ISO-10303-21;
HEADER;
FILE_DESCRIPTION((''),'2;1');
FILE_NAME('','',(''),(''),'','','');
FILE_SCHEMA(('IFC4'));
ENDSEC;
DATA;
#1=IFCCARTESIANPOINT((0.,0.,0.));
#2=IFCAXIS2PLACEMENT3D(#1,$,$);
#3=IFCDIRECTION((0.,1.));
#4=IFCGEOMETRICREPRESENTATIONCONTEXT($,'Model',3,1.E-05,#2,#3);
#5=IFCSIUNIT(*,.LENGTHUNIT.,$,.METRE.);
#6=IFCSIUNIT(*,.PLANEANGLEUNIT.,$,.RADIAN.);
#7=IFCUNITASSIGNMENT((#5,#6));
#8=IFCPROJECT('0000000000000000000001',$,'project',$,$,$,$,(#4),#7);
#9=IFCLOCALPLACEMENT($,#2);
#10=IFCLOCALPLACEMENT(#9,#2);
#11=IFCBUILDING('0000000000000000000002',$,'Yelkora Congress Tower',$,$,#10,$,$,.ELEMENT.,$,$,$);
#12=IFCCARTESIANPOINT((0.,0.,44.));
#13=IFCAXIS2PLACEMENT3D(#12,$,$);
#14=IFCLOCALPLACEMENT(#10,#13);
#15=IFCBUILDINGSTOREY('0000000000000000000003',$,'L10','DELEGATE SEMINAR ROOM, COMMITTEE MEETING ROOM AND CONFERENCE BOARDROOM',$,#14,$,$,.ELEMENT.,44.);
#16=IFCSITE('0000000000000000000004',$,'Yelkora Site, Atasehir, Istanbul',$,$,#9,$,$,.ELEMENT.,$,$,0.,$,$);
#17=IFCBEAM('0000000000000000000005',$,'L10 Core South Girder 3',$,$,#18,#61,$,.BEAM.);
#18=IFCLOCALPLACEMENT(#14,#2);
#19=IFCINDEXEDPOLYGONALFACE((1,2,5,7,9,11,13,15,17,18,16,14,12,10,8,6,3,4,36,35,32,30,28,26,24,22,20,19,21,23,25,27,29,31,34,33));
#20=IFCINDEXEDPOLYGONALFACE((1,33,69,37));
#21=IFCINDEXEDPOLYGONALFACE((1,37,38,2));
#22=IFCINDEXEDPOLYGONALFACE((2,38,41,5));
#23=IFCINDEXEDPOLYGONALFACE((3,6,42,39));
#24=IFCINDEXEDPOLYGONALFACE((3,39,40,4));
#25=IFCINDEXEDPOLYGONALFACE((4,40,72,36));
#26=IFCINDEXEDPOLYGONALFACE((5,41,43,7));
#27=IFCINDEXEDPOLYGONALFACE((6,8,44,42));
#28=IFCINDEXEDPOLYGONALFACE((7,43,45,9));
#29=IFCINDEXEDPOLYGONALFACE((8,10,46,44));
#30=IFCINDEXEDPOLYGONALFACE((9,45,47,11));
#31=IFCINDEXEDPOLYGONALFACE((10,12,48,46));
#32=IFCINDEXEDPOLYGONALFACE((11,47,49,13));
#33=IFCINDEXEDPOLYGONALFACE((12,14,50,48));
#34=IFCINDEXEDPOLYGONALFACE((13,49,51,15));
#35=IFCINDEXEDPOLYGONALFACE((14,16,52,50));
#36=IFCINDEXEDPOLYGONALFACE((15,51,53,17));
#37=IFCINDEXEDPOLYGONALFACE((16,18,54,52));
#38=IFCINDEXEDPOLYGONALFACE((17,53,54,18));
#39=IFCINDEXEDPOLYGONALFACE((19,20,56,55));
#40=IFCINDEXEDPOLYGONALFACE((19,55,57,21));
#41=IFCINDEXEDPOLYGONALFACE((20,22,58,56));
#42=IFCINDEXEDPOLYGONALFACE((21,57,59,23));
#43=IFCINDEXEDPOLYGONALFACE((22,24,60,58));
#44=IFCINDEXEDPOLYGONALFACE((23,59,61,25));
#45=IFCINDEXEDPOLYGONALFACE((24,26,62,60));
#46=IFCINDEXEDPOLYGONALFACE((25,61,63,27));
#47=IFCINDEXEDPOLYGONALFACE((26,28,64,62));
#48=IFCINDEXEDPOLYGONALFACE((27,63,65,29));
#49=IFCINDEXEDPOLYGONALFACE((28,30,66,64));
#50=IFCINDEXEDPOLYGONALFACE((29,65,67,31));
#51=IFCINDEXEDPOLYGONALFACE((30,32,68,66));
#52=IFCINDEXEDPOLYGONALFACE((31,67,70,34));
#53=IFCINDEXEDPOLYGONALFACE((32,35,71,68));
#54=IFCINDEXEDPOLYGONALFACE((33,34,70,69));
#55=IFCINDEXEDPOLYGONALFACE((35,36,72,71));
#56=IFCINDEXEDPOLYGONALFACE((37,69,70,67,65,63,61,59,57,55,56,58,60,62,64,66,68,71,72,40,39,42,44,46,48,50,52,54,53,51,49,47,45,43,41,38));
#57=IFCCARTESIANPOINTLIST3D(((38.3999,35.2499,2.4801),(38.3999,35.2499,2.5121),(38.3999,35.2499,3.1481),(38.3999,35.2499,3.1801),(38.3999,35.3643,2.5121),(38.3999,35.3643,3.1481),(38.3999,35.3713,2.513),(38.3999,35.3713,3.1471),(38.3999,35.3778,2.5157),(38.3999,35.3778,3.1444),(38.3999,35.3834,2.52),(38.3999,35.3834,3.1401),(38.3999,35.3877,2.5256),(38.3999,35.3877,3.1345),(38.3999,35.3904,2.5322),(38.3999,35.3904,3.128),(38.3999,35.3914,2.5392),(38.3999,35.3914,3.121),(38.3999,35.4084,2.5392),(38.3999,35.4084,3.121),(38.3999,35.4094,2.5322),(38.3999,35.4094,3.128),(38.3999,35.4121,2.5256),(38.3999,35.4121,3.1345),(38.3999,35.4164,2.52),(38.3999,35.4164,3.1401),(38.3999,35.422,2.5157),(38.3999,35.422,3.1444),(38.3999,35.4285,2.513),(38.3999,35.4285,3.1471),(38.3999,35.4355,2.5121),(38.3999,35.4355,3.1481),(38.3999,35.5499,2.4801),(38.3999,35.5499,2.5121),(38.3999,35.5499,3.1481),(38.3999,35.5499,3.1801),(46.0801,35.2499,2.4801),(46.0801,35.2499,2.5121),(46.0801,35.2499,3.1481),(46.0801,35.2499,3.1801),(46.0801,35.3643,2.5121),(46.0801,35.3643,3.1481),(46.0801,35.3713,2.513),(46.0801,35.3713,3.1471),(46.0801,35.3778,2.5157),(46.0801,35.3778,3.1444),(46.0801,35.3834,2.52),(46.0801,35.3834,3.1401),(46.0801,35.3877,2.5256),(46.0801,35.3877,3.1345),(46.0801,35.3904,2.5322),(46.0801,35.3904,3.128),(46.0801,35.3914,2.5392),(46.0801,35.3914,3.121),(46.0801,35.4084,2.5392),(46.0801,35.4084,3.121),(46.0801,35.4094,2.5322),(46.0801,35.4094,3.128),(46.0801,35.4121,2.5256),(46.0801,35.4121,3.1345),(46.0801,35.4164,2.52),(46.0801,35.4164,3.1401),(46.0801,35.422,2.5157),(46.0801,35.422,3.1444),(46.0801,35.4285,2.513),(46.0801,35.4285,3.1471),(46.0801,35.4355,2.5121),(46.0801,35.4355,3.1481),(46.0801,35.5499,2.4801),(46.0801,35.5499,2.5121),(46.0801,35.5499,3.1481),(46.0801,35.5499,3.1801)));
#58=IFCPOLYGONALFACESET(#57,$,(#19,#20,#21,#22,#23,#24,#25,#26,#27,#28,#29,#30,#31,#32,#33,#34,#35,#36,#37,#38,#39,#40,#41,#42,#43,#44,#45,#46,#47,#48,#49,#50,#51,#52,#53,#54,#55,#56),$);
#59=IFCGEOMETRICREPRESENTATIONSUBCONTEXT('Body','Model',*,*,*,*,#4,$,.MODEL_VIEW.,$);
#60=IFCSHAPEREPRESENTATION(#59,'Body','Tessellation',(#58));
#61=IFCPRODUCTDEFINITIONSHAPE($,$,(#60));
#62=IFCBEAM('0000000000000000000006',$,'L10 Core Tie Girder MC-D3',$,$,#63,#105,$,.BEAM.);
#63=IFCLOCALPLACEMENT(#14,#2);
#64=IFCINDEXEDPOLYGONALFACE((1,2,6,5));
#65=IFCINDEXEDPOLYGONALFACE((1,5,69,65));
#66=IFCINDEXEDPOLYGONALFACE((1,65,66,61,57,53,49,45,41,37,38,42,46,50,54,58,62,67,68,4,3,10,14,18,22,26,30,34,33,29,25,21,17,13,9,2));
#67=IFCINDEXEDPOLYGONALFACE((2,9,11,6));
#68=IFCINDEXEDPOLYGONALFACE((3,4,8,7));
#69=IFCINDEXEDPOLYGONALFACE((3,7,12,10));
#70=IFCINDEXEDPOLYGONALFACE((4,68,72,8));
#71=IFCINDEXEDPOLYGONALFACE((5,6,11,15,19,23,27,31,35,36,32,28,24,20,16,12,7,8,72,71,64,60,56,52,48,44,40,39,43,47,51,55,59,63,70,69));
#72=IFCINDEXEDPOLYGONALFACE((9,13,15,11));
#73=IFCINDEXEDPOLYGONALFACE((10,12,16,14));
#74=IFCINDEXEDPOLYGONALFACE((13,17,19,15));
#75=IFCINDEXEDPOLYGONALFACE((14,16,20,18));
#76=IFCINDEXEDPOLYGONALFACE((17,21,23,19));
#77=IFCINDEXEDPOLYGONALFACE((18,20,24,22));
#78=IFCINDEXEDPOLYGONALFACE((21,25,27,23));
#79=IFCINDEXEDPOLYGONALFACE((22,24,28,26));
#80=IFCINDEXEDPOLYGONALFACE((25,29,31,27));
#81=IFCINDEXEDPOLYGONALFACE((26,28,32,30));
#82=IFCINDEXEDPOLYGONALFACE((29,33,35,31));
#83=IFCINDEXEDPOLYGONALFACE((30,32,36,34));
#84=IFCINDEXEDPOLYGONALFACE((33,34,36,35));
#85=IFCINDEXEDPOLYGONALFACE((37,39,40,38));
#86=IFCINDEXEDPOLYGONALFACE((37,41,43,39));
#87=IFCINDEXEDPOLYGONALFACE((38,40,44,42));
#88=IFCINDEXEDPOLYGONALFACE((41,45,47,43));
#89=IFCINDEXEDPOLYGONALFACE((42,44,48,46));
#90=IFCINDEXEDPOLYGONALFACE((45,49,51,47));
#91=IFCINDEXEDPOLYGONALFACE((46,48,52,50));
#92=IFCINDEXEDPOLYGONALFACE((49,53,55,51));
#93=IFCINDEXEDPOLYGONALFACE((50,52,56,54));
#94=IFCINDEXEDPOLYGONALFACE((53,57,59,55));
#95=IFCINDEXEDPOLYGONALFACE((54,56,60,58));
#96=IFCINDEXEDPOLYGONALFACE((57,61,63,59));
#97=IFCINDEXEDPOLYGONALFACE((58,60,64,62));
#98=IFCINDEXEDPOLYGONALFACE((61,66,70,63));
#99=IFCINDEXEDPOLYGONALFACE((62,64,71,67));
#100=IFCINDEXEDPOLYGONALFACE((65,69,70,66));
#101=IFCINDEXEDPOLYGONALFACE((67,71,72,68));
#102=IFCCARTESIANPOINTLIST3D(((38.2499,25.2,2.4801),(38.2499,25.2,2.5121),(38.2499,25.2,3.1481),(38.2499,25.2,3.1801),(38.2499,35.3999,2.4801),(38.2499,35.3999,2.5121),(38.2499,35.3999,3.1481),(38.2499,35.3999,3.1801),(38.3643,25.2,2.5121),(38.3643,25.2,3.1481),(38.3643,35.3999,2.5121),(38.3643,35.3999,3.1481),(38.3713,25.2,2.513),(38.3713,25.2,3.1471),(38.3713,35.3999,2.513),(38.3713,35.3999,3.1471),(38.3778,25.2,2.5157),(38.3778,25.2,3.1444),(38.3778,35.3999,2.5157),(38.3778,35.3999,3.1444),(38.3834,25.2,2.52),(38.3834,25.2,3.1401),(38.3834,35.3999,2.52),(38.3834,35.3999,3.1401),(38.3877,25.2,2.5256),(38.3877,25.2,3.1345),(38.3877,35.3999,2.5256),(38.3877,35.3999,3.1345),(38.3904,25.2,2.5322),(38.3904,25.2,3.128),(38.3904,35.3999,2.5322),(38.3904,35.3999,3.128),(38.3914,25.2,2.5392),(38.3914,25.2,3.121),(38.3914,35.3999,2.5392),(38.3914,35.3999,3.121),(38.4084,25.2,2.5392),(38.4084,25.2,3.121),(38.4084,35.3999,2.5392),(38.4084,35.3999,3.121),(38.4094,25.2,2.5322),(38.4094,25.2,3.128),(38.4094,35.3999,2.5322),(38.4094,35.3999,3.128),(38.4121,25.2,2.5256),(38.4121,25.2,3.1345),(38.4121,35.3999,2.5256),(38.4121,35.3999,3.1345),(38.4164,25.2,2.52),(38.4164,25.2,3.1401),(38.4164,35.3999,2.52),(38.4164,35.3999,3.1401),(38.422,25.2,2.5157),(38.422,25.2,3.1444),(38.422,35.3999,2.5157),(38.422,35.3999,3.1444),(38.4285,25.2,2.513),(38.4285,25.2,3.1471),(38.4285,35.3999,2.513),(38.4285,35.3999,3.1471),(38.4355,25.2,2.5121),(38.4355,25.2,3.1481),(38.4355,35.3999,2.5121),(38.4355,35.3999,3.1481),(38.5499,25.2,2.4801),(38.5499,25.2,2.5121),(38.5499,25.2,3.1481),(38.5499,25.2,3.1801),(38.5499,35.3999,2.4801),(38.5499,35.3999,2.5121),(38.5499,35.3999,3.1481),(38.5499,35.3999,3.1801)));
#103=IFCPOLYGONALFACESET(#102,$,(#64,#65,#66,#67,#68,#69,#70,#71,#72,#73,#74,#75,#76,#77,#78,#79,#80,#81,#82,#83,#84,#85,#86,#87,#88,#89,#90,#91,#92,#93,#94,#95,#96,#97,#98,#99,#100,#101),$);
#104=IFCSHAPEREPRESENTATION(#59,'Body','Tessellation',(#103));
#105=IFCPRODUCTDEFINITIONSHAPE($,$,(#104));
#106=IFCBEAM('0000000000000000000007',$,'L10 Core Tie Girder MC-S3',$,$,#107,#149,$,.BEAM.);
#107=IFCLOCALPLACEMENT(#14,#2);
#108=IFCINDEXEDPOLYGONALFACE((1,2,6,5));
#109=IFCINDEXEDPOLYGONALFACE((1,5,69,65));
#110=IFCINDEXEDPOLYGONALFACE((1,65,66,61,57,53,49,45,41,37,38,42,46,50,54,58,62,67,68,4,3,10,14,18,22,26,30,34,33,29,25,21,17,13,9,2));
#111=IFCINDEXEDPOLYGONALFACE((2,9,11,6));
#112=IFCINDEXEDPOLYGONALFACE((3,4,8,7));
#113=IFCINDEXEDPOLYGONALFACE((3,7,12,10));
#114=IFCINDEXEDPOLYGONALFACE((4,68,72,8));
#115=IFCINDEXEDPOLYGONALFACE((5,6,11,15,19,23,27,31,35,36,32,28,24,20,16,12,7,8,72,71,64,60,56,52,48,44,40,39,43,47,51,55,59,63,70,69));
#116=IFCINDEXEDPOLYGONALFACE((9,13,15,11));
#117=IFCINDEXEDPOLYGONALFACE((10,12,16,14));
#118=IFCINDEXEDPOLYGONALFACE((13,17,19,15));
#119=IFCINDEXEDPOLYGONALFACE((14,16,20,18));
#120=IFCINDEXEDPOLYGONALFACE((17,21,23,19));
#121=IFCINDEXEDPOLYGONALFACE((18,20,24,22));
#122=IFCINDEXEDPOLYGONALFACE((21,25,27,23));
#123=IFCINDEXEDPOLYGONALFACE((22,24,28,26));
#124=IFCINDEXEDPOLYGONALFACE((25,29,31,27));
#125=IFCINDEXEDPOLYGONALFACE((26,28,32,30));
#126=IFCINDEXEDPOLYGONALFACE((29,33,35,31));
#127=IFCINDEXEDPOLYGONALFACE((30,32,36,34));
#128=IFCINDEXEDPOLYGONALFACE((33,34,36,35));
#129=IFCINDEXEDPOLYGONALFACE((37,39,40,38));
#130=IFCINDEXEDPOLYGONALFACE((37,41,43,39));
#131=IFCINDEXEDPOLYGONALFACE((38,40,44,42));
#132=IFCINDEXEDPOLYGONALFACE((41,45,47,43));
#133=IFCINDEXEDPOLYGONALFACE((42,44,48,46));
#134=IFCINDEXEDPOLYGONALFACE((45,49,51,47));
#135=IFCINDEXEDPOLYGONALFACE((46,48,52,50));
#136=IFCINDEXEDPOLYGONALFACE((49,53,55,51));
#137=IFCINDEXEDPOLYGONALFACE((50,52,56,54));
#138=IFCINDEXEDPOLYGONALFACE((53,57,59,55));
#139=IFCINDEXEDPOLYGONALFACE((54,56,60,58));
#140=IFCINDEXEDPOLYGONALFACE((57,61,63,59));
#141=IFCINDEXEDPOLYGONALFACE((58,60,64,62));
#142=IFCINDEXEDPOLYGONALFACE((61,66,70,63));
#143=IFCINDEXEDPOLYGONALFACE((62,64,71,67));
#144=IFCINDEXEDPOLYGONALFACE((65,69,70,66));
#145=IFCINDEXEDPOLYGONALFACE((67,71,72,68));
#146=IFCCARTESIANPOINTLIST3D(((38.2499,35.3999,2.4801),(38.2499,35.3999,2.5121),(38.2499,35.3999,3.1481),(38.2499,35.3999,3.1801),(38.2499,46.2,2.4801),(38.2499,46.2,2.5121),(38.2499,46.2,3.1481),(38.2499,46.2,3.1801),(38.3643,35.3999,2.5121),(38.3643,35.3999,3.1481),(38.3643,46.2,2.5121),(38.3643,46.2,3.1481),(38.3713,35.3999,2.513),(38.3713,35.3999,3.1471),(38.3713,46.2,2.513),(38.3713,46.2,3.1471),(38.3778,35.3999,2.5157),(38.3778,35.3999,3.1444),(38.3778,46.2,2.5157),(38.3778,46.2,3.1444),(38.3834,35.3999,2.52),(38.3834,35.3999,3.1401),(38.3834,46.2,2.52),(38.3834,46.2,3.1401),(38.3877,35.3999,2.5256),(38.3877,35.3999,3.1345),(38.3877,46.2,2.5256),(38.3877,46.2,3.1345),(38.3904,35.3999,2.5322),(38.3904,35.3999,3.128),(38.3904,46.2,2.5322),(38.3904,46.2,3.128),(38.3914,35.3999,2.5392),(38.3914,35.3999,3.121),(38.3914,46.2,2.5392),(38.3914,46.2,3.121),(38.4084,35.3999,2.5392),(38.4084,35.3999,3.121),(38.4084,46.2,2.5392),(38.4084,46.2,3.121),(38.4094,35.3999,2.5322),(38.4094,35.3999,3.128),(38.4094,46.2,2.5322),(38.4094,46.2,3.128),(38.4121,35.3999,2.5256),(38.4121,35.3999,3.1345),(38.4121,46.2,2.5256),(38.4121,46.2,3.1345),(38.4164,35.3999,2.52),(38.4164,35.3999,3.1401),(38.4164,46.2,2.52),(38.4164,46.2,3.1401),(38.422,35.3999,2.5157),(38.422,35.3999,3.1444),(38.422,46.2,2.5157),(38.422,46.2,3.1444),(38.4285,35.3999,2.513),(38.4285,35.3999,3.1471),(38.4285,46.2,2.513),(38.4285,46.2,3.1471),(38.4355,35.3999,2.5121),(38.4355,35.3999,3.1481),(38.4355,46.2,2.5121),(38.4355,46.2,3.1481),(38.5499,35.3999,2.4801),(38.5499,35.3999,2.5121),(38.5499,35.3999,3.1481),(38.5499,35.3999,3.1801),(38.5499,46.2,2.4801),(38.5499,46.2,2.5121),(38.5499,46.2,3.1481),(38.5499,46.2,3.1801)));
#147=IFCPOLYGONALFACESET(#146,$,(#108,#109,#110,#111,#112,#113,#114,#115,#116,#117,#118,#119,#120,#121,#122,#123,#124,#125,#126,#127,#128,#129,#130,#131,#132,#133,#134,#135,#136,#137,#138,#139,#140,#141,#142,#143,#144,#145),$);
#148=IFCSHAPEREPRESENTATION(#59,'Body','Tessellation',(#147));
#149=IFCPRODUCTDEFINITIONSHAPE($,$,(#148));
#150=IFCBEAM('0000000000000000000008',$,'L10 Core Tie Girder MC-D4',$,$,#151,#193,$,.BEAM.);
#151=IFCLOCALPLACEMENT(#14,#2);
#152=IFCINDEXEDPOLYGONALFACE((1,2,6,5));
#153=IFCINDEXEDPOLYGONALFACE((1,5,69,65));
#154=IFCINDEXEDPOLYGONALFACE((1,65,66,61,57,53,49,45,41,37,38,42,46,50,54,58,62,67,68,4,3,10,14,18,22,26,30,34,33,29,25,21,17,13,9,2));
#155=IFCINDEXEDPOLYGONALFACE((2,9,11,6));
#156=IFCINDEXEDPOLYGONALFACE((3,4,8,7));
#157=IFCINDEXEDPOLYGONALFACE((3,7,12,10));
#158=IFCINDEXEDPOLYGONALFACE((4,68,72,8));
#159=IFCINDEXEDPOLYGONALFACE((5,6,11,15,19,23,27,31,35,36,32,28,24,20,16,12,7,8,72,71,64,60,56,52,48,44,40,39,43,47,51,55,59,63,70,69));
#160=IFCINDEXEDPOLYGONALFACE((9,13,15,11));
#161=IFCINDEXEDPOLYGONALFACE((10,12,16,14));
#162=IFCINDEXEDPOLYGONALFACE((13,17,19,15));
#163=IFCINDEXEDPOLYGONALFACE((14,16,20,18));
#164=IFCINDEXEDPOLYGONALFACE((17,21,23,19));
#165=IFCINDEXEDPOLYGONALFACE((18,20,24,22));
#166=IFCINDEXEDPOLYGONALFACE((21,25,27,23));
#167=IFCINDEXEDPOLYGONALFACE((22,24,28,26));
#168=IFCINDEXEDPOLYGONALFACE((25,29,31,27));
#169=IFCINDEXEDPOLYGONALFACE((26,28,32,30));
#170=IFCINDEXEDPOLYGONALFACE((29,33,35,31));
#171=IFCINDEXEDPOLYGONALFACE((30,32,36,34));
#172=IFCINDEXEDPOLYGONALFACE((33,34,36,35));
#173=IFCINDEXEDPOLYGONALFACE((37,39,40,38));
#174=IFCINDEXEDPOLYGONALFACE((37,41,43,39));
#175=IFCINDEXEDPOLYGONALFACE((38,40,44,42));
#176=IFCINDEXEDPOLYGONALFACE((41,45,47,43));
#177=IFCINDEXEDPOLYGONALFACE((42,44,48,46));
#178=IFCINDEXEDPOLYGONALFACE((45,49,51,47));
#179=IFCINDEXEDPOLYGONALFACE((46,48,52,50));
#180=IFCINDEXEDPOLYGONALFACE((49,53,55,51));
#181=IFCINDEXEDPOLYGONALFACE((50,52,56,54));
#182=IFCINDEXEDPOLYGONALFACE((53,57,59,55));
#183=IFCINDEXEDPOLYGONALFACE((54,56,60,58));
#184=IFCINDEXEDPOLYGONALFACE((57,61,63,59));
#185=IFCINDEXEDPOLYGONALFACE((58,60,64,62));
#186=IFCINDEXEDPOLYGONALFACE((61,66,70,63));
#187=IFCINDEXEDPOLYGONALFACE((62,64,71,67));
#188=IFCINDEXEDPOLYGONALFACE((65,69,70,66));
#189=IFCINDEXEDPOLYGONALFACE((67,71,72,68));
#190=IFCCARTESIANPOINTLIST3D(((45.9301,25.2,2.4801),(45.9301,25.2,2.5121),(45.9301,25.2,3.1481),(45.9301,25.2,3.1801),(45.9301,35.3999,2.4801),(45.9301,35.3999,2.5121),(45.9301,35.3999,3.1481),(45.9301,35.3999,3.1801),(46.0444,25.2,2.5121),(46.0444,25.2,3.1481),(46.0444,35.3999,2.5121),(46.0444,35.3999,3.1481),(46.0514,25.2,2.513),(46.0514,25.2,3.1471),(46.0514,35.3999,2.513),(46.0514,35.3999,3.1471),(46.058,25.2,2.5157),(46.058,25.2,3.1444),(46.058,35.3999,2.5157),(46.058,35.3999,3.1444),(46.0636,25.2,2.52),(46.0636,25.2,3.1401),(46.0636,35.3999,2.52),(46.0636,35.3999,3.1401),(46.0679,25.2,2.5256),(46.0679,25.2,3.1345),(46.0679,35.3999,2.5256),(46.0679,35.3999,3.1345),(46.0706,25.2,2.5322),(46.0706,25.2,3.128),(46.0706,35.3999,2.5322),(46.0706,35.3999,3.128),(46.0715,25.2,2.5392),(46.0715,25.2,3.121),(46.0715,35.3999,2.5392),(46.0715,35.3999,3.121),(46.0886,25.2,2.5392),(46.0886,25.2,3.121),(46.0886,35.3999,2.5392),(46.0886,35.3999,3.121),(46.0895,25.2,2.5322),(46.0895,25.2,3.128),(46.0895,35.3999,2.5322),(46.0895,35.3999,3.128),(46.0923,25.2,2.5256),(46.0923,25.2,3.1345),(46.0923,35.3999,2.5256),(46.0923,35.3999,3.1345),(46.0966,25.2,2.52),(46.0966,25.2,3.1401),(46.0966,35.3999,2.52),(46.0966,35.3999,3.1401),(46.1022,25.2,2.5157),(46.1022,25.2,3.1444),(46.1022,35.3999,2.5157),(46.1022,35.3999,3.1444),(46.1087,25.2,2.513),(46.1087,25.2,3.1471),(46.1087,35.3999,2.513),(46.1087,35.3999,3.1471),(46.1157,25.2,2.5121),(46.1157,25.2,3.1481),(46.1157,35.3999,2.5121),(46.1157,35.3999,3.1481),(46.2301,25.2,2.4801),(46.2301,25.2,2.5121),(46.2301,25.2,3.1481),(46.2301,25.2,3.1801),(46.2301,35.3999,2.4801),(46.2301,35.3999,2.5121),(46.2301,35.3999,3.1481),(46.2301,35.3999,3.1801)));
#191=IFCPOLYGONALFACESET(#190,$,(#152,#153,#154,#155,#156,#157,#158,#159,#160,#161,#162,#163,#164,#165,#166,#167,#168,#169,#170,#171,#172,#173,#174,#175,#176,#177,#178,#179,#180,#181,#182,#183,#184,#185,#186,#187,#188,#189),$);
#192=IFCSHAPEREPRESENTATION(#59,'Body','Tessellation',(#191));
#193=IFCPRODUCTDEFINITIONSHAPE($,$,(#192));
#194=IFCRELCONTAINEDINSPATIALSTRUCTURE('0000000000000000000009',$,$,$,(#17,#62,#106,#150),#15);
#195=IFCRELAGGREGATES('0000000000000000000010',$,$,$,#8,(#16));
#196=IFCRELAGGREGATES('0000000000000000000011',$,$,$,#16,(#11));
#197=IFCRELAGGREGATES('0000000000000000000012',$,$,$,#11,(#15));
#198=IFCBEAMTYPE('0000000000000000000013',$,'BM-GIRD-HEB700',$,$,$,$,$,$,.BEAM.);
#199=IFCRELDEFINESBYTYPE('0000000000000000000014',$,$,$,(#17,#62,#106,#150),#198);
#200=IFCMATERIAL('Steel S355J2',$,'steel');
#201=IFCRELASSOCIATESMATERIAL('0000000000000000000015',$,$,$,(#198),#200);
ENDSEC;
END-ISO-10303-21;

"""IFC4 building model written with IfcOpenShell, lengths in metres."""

from ifc_helpers import new_model, si_unit, direction, frame, origin, origin_2d, place, context, subcontext, project, spatial, i_section, extrude, material, material_profile, profile_set, type_object, element, save


model = new_model("IFC4")

# Units and contexts
model_context = context("Model", 3, precision=1e-05, world=origin(), true_north=direction((0.0, 1.0)))
body_context = subcontext(model_context, "Body", "Model", "MODEL_VIEW")
ifc_project = project(units=[si_unit("LENGTHUNIT", "METRE"), si_unit("PLANEANGLEUNIT", "RADIAN")], contexts=[model_context])

# Site, building, storey
site_placement = place(None, origin())
site = spatial("IfcSite", under=ifc_project, at=site_placement, Name="Yelkora Site, Atasehir, Istanbul", CompositionType="ELEMENT", RefElevation=0.0)
building_placement = place(site_placement, origin())
building = spatial("IfcBuilding", under=site, at=building_placement, Name="Yelkora Congress Tower", CompositionType="ELEMENT")
storey_placement = place(building_placement, frame((0.0, 0.0, 44.0)))
storey = spatial("IfcBuildingStorey", under=building, at=storey_placement, Name="L10", Description="DELEGATE SEMINAR ROOM, COMMITTEE MEETING ROOM AND CONFERENCE BOARDROOM", CompositionType="ELEMENT", Elevation=44.0)

# Beams
ifc_material_1 = material(Name="Steel S355J2", Category="steel")
ifc_material_profile_1 = material_profile(ifc_material_1, i_section(OverallWidth=0.3, OverallDepth=0.7, WebThickness=0.0171, FlangeThickness=0.032, FilletRadius=0.0271, at=origin_2d()), Name="HEB 700")
ifc_profile_set_1 = profile_set([ifc_material_profile_1], Name="Steel S355J2")
beam_type_1 = type_object("IfcBeamType", Name="BM-GIRD-HEB700", PredefinedType="BEAM", material=ifc_profile_set_1)
beam_1_placement = place(storey_placement, frame((38.3999, 35.3999, 2.8301), z_axis=(1.0, 0.0, 0.0), x_axis=(0.0, 1.0, 0.0)))
element("IfcBeam", 1, at=beam_1_placement, inside=storey, type_object=beam_type_1, Name="L10 Core South Girder 3", PredefinedType="BEAM", context=body_context, shape_type="SweptSolid", body=[
    extrude(i_section(OverallWidth=0.3, OverallDepth=0.7, WebThickness=0.0171, FlangeThickness=0.032, FilletRadius=0.0271, at=origin_2d()), origin(), (0.0, 0.0, 1.0), 7.6802),
])
beam_2_placement = place(storey_placement, frame((38.3999, 25.2, 2.8301), z_axis=(0.0, 1.0, 0.0), x_axis=(-1.0, 0.0, 0.0)))
element("IfcBeam", 2, at=beam_2_placement, inside=storey, type_object=beam_type_1, Name="L10 Core Tie Girder MC-D3", PredefinedType="BEAM", context=body_context, shape_type="SweptSolid", body=[
    extrude(i_section(OverallWidth=0.3, OverallDepth=0.7, WebThickness=0.0171, FlangeThickness=0.032, FilletRadius=0.0271, at=origin_2d()), origin(), (0.0, 0.0, 1.0), 10.2),
])
beam_3_placement = place(storey_placement, frame((38.3999, 35.3999, 2.8301), z_axis=(0.0, 1.0, 0.0), x_axis=(-1.0, 0.0, 0.0)))
element("IfcBeam", 3, at=beam_3_placement, inside=storey, type_object=beam_type_1, Name="L10 Core Tie Girder MC-S3", PredefinedType="BEAM", context=body_context, shape_type="SweptSolid", body=[
    extrude(i_section(OverallWidth=0.3, OverallDepth=0.7, WebThickness=0.0171, FlangeThickness=0.032, FilletRadius=0.0271, at=origin_2d()), origin(), (0.0, 0.0, 1.0), 10.8),
])
for number, where, z_axis, x_axis, name in (
    (4, (46.0801, 25.2, 2.8301), (0.0, 1.0, 0.0), (-1.0, 0.0, 0.0), "L10 Core Tie Girder MC-D4"),
):
    element("IfcBeam", number, at=place(storey_placement, frame(where, z_axis=z_axis, x_axis=x_axis)), inside=storey, type_object=beam_type_1, Name=name, PredefinedType="BEAM", context=body_context, shape_type="SweptSolid", body=[
        extrude(i_section(OverallWidth=0.3, OverallDepth=0.7, WebThickness=0.0171, FlangeThickness=0.032, FilletRadius=0.0271, at=origin_2d()), origin(), (0.0, 0.0, 1.0), 10.2),
    ])

save(model, "model.ifc")
